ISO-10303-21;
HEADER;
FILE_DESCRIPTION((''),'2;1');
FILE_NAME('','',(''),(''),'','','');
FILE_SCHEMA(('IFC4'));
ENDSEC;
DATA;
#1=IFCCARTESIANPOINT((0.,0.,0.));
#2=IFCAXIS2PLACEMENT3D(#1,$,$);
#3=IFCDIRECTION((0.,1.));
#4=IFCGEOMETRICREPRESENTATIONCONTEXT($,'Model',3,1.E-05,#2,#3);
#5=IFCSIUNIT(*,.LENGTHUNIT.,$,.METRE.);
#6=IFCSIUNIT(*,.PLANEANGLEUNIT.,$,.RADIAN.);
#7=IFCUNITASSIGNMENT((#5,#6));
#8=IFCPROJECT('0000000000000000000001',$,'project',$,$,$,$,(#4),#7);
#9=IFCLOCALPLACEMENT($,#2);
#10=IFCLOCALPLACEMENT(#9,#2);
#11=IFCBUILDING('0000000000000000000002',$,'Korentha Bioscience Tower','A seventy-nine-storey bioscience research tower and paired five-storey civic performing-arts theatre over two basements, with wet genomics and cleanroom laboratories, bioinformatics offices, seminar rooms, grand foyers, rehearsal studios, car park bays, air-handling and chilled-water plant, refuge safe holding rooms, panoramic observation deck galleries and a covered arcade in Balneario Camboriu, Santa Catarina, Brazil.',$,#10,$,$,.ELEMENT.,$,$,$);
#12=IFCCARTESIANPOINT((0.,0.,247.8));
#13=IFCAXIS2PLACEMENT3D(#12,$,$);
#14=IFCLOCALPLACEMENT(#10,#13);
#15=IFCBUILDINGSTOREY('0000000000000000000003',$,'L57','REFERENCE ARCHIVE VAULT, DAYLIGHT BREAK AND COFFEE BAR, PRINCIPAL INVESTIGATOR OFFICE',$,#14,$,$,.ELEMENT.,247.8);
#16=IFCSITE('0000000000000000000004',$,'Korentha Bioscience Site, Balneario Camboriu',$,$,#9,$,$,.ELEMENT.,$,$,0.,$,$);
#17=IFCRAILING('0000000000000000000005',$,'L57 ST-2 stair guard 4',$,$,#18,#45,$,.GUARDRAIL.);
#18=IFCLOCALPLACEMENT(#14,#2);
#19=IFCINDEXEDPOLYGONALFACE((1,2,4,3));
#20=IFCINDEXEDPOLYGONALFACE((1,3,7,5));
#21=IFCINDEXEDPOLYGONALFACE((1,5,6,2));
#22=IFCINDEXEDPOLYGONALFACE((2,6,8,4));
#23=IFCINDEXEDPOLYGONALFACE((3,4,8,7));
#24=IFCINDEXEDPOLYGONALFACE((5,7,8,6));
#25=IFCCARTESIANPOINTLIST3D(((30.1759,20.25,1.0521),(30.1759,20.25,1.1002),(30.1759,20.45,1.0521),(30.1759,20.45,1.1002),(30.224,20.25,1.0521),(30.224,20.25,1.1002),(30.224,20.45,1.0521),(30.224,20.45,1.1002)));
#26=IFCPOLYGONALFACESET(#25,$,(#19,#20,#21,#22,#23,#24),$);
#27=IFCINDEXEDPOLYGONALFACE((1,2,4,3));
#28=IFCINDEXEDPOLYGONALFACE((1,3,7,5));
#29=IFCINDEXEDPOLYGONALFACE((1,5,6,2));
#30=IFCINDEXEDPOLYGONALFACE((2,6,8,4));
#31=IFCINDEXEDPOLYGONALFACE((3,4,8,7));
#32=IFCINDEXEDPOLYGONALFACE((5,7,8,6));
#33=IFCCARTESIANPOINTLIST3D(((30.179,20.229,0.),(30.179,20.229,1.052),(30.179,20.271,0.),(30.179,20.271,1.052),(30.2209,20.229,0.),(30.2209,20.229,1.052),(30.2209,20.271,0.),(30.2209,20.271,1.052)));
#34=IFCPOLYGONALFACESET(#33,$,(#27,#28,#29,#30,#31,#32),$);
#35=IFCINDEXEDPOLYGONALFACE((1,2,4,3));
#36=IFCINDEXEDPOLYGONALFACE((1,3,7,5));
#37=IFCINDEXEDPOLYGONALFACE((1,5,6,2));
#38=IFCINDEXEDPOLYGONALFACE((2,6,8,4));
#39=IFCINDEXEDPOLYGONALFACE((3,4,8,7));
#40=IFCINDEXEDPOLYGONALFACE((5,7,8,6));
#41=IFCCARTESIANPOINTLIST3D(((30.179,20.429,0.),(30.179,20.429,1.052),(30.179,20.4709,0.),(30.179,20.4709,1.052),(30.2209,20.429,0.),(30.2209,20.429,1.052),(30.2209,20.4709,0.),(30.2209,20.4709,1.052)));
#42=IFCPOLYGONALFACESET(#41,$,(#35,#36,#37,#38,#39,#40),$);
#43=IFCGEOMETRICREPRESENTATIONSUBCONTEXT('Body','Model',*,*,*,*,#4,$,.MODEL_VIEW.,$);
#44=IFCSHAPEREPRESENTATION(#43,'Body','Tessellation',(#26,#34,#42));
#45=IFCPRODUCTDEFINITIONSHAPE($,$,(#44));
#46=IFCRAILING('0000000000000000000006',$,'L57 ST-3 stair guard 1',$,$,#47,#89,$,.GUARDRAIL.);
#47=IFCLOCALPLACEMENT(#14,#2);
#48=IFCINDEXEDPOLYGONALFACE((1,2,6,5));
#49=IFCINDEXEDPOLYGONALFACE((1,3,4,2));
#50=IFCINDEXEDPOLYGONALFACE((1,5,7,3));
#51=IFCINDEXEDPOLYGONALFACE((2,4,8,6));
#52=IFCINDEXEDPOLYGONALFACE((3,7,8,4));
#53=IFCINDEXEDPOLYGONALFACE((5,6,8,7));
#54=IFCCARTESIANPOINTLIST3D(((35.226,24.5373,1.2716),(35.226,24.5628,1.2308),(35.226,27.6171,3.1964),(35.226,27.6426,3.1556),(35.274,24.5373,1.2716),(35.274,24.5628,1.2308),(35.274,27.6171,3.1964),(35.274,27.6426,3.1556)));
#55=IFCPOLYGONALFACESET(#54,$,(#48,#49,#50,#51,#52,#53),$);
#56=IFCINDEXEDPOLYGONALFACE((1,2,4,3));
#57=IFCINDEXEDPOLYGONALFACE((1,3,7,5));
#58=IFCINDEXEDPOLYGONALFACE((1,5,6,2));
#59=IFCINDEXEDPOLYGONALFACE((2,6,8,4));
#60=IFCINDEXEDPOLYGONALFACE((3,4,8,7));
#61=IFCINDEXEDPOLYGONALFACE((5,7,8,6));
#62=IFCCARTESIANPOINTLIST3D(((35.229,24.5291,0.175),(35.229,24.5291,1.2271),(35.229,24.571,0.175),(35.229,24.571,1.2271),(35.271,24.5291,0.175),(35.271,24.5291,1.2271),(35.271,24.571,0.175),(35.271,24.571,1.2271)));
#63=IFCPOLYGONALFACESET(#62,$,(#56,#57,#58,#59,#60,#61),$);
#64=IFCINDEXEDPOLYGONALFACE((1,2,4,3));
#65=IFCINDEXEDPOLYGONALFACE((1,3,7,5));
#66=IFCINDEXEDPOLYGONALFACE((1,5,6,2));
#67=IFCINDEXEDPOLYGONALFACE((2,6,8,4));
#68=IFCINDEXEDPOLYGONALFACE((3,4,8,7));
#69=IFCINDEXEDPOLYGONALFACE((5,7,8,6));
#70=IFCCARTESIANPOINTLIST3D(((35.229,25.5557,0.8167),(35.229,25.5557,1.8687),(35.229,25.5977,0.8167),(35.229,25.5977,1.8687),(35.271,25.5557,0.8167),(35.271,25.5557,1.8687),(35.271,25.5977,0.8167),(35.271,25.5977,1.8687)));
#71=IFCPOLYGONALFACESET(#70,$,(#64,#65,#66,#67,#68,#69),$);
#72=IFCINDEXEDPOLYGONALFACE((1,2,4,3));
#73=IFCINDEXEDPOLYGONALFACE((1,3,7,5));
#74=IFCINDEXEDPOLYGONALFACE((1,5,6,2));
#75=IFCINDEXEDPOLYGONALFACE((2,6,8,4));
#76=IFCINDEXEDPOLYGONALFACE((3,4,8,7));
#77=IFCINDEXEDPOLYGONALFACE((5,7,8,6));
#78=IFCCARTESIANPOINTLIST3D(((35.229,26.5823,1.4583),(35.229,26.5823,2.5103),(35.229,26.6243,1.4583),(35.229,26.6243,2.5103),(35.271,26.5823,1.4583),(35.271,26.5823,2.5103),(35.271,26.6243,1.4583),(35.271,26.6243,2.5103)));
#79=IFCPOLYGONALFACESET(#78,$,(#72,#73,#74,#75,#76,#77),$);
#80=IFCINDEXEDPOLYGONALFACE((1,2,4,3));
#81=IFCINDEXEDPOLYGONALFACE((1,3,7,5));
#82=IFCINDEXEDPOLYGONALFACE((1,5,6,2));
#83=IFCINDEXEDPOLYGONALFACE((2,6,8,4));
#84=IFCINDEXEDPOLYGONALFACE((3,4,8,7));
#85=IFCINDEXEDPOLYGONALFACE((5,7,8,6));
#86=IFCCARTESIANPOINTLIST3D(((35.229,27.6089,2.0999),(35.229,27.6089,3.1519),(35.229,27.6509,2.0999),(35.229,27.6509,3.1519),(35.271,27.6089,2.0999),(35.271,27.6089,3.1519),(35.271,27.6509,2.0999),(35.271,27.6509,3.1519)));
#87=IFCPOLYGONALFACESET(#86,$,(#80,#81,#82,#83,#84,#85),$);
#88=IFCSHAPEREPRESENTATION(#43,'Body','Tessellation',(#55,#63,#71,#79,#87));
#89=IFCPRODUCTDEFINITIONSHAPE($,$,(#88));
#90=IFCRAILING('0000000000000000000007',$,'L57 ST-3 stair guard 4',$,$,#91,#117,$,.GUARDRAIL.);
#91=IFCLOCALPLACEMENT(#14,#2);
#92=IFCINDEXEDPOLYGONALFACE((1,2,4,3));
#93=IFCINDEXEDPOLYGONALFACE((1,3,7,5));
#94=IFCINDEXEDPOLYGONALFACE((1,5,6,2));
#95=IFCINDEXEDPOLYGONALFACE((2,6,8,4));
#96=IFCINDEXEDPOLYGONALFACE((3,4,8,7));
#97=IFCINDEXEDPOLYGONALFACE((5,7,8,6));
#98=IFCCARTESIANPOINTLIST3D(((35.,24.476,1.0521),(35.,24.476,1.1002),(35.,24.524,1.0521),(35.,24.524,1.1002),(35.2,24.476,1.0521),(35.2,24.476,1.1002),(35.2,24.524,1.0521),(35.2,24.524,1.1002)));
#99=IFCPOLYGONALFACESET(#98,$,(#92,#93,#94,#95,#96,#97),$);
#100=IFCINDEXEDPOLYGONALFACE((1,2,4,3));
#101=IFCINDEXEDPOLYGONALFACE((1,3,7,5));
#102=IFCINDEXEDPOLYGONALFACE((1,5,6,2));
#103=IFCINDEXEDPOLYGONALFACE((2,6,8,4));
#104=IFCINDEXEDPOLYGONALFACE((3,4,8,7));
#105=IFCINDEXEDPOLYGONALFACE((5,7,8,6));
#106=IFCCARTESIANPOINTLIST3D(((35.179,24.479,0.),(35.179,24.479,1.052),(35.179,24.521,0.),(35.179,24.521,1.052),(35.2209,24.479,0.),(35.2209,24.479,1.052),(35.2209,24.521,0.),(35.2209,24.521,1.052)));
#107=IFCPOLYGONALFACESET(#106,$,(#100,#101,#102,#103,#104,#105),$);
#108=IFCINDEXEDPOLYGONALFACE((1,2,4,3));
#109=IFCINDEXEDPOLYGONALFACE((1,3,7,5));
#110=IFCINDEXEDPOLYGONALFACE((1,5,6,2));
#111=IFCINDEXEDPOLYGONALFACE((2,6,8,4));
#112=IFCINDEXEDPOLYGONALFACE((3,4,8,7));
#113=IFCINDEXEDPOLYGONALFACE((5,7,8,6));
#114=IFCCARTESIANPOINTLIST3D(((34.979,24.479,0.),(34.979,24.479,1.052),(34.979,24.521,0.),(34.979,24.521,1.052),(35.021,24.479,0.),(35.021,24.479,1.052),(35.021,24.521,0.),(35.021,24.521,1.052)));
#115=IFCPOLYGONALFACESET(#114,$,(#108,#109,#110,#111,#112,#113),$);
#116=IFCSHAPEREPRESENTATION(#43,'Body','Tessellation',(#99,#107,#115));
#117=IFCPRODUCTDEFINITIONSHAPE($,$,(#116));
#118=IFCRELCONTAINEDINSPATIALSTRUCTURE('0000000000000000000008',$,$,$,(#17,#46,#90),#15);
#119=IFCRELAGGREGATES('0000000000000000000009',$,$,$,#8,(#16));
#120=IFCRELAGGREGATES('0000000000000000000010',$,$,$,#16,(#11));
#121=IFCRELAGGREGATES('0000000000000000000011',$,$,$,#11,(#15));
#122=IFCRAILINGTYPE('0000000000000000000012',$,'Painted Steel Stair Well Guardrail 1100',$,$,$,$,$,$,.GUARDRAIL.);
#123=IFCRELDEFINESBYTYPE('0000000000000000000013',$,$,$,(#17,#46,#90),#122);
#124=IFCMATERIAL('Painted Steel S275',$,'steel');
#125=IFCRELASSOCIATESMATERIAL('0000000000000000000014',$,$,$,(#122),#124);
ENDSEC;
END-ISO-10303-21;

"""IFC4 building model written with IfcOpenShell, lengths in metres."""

from ifc_helpers import new_model, si_unit, direction, frame, origin, origin_2d, place, context, subcontext, project, spatial, rectangle, extrude, material, type_object, element, save


model = new_model("IFC4")

# Units and contexts
model_context = context("Model", 3, precision=1e-05, world=origin(), true_north=direction((0.0, 1.0)))
body_context = subcontext(model_context, "Body", "Model", "MODEL_VIEW")
ifc_project = project(units=[si_unit("LENGTHUNIT", "METRE"), si_unit("PLANEANGLEUNIT", "RADIAN")], contexts=[model_context])

# Site, building, storey
site_placement = place(None, origin())
site = spatial("IfcSite", under=ifc_project, at=site_placement, Name="Korentha Bioscience Site, Balneario Camboriu", CompositionType="ELEMENT", RefElevation=0.0)
building_placement = place(site_placement, origin())
building = spatial("IfcBuilding", under=site, at=building_placement, Name="Korentha Bioscience Tower", Description="A seventy-nine-storey bioscience research tower and paired five-storey civic performing-arts theatre over two basements, with wet genomics and cleanroom laboratories, bioinformatics offices, seminar rooms, grand foyers, rehearsal studios, car park bays, air-handling and chilled-water plant, refuge safe holding rooms, panoramic observation deck galleries and a covered arcade in Balneario Camboriu, Santa Catarina, Brazil.", CompositionType="ELEMENT")
storey_placement = place(building_placement, frame((0.0, 0.0, 247.8)))
storey = spatial("IfcBuildingStorey", under=building, at=storey_placement, Name="L57", Description="REFERENCE ARCHIVE VAULT, DAYLIGHT BREAK AND COFFEE BAR, PRINCIPAL INVESTIGATOR OFFICE", CompositionType="ELEMENT", Elevation=247.8)

# Railings
ifc_material_1 = material(Name="Painted Steel S275", Category="steel")
railing_type_1 = type_object("IfcRailingType", Name="Painted Steel Stair Well Guardrail 1100", PredefinedType="GUARDRAIL", material=ifc_material_1)
railing_1_placement = place(storey_placement, frame((30.2, 20.25, 0.0)))
element("IfcRailing", 1, at=railing_1_placement, inside=storey, type_object=railing_type_1, Name="L57 ST-2 stair guard 4", PredefinedType="GUARDRAIL", context=body_context, shape_type="SweptSolid", body=[
    extrude(rectangle(XDim=0.0481, YDim=0.0481, at=origin_2d()), frame((0.0, 0.0, 1.0762), z_axis=(0.0, 1.0, 0.0), x_axis=(-1.0, 0.0, 0.0)), (0.0, 0.0, 1.0), 0.2),
    extrude(rectangle(XDim=0.042, YDim=0.042, at=origin_2d()), origin(), (0.0, 0.0, 1.0), 1.052),
    extrude(rectangle(XDim=0.042, YDim=0.042, at=origin_2d()), frame((0.0, 0.2, 0.0)), (0.0, 0.0, 1.0), 1.052),
])
railing_2_placement = place(storey_placement, frame((35.25, 24.55, 0.175)))
element("IfcRailing", 2, at=railing_2_placement, inside=storey, type_object=railing_type_1, Name="L57 ST-3 stair guard 1", PredefinedType="GUARDRAIL", context=body_context, shape_type="SweptSolid", body=[
    extrude(rectangle(XDim=0.0481, YDim=0.0481, at=origin_2d()), frame((0.0, 0.0, 1.0762), z_axis=(0.0, 0.84801, 0.529981), x_axis=(-1.0, 0.0, 0.0)), (0.0, 0.0, 1.0), 3.6318),
    extrude(rectangle(XDim=0.042, YDim=0.042, at=origin_2d()), origin(), (0.0, 0.0, 1.0), 1.052),
    extrude(rectangle(XDim=0.042, YDim=0.042, at=origin_2d()), frame((0.0, 1.0266, 0.6416)), (0.0, 0.0, 1.0), 1.052),
    extrude(rectangle(XDim=0.042, YDim=0.042, at=origin_2d()), frame((0.0, 2.0532, 1.2832)), (0.0, 0.0, 1.0), 1.052),
    extrude(rectangle(XDim=0.042, YDim=0.042, at=origin_2d()), frame((0.0, 3.0798, 1.9248)), (0.0, 0.0, 1.0), 1.052),
])
railing_3_placement = place(storey_placement, frame((35.2, 24.5, 0.0)))
element("IfcRailing", 3, at=railing_3_placement, inside=storey, type_object=railing_type_1, Name="L57 ST-3 stair guard 4", PredefinedType="GUARDRAIL", context=body_context, shape_type="SweptSolid", body=[
    extrude(rectangle(XDim=0.0481, YDim=0.0481, at=origin_2d()), frame((0.0, 0.0, 1.0762), z_axis=(-1.0, 0.0, 0.0), x_axis=(0.0, -1.0, 0.0)), (0.0, 0.0, 1.0), 0.2),
    extrude(rectangle(XDim=0.042, YDim=0.042, at=origin_2d()), origin(), (0.0, 0.0, 1.0), 1.052),
    extrude(rectangle(XDim=0.042, YDim=0.042, at=origin_2d()), frame((-0.2, 0.0, 0.0)), (0.0, 0.0, 1.0), 1.052),
])

save(model, "model.ifc")
